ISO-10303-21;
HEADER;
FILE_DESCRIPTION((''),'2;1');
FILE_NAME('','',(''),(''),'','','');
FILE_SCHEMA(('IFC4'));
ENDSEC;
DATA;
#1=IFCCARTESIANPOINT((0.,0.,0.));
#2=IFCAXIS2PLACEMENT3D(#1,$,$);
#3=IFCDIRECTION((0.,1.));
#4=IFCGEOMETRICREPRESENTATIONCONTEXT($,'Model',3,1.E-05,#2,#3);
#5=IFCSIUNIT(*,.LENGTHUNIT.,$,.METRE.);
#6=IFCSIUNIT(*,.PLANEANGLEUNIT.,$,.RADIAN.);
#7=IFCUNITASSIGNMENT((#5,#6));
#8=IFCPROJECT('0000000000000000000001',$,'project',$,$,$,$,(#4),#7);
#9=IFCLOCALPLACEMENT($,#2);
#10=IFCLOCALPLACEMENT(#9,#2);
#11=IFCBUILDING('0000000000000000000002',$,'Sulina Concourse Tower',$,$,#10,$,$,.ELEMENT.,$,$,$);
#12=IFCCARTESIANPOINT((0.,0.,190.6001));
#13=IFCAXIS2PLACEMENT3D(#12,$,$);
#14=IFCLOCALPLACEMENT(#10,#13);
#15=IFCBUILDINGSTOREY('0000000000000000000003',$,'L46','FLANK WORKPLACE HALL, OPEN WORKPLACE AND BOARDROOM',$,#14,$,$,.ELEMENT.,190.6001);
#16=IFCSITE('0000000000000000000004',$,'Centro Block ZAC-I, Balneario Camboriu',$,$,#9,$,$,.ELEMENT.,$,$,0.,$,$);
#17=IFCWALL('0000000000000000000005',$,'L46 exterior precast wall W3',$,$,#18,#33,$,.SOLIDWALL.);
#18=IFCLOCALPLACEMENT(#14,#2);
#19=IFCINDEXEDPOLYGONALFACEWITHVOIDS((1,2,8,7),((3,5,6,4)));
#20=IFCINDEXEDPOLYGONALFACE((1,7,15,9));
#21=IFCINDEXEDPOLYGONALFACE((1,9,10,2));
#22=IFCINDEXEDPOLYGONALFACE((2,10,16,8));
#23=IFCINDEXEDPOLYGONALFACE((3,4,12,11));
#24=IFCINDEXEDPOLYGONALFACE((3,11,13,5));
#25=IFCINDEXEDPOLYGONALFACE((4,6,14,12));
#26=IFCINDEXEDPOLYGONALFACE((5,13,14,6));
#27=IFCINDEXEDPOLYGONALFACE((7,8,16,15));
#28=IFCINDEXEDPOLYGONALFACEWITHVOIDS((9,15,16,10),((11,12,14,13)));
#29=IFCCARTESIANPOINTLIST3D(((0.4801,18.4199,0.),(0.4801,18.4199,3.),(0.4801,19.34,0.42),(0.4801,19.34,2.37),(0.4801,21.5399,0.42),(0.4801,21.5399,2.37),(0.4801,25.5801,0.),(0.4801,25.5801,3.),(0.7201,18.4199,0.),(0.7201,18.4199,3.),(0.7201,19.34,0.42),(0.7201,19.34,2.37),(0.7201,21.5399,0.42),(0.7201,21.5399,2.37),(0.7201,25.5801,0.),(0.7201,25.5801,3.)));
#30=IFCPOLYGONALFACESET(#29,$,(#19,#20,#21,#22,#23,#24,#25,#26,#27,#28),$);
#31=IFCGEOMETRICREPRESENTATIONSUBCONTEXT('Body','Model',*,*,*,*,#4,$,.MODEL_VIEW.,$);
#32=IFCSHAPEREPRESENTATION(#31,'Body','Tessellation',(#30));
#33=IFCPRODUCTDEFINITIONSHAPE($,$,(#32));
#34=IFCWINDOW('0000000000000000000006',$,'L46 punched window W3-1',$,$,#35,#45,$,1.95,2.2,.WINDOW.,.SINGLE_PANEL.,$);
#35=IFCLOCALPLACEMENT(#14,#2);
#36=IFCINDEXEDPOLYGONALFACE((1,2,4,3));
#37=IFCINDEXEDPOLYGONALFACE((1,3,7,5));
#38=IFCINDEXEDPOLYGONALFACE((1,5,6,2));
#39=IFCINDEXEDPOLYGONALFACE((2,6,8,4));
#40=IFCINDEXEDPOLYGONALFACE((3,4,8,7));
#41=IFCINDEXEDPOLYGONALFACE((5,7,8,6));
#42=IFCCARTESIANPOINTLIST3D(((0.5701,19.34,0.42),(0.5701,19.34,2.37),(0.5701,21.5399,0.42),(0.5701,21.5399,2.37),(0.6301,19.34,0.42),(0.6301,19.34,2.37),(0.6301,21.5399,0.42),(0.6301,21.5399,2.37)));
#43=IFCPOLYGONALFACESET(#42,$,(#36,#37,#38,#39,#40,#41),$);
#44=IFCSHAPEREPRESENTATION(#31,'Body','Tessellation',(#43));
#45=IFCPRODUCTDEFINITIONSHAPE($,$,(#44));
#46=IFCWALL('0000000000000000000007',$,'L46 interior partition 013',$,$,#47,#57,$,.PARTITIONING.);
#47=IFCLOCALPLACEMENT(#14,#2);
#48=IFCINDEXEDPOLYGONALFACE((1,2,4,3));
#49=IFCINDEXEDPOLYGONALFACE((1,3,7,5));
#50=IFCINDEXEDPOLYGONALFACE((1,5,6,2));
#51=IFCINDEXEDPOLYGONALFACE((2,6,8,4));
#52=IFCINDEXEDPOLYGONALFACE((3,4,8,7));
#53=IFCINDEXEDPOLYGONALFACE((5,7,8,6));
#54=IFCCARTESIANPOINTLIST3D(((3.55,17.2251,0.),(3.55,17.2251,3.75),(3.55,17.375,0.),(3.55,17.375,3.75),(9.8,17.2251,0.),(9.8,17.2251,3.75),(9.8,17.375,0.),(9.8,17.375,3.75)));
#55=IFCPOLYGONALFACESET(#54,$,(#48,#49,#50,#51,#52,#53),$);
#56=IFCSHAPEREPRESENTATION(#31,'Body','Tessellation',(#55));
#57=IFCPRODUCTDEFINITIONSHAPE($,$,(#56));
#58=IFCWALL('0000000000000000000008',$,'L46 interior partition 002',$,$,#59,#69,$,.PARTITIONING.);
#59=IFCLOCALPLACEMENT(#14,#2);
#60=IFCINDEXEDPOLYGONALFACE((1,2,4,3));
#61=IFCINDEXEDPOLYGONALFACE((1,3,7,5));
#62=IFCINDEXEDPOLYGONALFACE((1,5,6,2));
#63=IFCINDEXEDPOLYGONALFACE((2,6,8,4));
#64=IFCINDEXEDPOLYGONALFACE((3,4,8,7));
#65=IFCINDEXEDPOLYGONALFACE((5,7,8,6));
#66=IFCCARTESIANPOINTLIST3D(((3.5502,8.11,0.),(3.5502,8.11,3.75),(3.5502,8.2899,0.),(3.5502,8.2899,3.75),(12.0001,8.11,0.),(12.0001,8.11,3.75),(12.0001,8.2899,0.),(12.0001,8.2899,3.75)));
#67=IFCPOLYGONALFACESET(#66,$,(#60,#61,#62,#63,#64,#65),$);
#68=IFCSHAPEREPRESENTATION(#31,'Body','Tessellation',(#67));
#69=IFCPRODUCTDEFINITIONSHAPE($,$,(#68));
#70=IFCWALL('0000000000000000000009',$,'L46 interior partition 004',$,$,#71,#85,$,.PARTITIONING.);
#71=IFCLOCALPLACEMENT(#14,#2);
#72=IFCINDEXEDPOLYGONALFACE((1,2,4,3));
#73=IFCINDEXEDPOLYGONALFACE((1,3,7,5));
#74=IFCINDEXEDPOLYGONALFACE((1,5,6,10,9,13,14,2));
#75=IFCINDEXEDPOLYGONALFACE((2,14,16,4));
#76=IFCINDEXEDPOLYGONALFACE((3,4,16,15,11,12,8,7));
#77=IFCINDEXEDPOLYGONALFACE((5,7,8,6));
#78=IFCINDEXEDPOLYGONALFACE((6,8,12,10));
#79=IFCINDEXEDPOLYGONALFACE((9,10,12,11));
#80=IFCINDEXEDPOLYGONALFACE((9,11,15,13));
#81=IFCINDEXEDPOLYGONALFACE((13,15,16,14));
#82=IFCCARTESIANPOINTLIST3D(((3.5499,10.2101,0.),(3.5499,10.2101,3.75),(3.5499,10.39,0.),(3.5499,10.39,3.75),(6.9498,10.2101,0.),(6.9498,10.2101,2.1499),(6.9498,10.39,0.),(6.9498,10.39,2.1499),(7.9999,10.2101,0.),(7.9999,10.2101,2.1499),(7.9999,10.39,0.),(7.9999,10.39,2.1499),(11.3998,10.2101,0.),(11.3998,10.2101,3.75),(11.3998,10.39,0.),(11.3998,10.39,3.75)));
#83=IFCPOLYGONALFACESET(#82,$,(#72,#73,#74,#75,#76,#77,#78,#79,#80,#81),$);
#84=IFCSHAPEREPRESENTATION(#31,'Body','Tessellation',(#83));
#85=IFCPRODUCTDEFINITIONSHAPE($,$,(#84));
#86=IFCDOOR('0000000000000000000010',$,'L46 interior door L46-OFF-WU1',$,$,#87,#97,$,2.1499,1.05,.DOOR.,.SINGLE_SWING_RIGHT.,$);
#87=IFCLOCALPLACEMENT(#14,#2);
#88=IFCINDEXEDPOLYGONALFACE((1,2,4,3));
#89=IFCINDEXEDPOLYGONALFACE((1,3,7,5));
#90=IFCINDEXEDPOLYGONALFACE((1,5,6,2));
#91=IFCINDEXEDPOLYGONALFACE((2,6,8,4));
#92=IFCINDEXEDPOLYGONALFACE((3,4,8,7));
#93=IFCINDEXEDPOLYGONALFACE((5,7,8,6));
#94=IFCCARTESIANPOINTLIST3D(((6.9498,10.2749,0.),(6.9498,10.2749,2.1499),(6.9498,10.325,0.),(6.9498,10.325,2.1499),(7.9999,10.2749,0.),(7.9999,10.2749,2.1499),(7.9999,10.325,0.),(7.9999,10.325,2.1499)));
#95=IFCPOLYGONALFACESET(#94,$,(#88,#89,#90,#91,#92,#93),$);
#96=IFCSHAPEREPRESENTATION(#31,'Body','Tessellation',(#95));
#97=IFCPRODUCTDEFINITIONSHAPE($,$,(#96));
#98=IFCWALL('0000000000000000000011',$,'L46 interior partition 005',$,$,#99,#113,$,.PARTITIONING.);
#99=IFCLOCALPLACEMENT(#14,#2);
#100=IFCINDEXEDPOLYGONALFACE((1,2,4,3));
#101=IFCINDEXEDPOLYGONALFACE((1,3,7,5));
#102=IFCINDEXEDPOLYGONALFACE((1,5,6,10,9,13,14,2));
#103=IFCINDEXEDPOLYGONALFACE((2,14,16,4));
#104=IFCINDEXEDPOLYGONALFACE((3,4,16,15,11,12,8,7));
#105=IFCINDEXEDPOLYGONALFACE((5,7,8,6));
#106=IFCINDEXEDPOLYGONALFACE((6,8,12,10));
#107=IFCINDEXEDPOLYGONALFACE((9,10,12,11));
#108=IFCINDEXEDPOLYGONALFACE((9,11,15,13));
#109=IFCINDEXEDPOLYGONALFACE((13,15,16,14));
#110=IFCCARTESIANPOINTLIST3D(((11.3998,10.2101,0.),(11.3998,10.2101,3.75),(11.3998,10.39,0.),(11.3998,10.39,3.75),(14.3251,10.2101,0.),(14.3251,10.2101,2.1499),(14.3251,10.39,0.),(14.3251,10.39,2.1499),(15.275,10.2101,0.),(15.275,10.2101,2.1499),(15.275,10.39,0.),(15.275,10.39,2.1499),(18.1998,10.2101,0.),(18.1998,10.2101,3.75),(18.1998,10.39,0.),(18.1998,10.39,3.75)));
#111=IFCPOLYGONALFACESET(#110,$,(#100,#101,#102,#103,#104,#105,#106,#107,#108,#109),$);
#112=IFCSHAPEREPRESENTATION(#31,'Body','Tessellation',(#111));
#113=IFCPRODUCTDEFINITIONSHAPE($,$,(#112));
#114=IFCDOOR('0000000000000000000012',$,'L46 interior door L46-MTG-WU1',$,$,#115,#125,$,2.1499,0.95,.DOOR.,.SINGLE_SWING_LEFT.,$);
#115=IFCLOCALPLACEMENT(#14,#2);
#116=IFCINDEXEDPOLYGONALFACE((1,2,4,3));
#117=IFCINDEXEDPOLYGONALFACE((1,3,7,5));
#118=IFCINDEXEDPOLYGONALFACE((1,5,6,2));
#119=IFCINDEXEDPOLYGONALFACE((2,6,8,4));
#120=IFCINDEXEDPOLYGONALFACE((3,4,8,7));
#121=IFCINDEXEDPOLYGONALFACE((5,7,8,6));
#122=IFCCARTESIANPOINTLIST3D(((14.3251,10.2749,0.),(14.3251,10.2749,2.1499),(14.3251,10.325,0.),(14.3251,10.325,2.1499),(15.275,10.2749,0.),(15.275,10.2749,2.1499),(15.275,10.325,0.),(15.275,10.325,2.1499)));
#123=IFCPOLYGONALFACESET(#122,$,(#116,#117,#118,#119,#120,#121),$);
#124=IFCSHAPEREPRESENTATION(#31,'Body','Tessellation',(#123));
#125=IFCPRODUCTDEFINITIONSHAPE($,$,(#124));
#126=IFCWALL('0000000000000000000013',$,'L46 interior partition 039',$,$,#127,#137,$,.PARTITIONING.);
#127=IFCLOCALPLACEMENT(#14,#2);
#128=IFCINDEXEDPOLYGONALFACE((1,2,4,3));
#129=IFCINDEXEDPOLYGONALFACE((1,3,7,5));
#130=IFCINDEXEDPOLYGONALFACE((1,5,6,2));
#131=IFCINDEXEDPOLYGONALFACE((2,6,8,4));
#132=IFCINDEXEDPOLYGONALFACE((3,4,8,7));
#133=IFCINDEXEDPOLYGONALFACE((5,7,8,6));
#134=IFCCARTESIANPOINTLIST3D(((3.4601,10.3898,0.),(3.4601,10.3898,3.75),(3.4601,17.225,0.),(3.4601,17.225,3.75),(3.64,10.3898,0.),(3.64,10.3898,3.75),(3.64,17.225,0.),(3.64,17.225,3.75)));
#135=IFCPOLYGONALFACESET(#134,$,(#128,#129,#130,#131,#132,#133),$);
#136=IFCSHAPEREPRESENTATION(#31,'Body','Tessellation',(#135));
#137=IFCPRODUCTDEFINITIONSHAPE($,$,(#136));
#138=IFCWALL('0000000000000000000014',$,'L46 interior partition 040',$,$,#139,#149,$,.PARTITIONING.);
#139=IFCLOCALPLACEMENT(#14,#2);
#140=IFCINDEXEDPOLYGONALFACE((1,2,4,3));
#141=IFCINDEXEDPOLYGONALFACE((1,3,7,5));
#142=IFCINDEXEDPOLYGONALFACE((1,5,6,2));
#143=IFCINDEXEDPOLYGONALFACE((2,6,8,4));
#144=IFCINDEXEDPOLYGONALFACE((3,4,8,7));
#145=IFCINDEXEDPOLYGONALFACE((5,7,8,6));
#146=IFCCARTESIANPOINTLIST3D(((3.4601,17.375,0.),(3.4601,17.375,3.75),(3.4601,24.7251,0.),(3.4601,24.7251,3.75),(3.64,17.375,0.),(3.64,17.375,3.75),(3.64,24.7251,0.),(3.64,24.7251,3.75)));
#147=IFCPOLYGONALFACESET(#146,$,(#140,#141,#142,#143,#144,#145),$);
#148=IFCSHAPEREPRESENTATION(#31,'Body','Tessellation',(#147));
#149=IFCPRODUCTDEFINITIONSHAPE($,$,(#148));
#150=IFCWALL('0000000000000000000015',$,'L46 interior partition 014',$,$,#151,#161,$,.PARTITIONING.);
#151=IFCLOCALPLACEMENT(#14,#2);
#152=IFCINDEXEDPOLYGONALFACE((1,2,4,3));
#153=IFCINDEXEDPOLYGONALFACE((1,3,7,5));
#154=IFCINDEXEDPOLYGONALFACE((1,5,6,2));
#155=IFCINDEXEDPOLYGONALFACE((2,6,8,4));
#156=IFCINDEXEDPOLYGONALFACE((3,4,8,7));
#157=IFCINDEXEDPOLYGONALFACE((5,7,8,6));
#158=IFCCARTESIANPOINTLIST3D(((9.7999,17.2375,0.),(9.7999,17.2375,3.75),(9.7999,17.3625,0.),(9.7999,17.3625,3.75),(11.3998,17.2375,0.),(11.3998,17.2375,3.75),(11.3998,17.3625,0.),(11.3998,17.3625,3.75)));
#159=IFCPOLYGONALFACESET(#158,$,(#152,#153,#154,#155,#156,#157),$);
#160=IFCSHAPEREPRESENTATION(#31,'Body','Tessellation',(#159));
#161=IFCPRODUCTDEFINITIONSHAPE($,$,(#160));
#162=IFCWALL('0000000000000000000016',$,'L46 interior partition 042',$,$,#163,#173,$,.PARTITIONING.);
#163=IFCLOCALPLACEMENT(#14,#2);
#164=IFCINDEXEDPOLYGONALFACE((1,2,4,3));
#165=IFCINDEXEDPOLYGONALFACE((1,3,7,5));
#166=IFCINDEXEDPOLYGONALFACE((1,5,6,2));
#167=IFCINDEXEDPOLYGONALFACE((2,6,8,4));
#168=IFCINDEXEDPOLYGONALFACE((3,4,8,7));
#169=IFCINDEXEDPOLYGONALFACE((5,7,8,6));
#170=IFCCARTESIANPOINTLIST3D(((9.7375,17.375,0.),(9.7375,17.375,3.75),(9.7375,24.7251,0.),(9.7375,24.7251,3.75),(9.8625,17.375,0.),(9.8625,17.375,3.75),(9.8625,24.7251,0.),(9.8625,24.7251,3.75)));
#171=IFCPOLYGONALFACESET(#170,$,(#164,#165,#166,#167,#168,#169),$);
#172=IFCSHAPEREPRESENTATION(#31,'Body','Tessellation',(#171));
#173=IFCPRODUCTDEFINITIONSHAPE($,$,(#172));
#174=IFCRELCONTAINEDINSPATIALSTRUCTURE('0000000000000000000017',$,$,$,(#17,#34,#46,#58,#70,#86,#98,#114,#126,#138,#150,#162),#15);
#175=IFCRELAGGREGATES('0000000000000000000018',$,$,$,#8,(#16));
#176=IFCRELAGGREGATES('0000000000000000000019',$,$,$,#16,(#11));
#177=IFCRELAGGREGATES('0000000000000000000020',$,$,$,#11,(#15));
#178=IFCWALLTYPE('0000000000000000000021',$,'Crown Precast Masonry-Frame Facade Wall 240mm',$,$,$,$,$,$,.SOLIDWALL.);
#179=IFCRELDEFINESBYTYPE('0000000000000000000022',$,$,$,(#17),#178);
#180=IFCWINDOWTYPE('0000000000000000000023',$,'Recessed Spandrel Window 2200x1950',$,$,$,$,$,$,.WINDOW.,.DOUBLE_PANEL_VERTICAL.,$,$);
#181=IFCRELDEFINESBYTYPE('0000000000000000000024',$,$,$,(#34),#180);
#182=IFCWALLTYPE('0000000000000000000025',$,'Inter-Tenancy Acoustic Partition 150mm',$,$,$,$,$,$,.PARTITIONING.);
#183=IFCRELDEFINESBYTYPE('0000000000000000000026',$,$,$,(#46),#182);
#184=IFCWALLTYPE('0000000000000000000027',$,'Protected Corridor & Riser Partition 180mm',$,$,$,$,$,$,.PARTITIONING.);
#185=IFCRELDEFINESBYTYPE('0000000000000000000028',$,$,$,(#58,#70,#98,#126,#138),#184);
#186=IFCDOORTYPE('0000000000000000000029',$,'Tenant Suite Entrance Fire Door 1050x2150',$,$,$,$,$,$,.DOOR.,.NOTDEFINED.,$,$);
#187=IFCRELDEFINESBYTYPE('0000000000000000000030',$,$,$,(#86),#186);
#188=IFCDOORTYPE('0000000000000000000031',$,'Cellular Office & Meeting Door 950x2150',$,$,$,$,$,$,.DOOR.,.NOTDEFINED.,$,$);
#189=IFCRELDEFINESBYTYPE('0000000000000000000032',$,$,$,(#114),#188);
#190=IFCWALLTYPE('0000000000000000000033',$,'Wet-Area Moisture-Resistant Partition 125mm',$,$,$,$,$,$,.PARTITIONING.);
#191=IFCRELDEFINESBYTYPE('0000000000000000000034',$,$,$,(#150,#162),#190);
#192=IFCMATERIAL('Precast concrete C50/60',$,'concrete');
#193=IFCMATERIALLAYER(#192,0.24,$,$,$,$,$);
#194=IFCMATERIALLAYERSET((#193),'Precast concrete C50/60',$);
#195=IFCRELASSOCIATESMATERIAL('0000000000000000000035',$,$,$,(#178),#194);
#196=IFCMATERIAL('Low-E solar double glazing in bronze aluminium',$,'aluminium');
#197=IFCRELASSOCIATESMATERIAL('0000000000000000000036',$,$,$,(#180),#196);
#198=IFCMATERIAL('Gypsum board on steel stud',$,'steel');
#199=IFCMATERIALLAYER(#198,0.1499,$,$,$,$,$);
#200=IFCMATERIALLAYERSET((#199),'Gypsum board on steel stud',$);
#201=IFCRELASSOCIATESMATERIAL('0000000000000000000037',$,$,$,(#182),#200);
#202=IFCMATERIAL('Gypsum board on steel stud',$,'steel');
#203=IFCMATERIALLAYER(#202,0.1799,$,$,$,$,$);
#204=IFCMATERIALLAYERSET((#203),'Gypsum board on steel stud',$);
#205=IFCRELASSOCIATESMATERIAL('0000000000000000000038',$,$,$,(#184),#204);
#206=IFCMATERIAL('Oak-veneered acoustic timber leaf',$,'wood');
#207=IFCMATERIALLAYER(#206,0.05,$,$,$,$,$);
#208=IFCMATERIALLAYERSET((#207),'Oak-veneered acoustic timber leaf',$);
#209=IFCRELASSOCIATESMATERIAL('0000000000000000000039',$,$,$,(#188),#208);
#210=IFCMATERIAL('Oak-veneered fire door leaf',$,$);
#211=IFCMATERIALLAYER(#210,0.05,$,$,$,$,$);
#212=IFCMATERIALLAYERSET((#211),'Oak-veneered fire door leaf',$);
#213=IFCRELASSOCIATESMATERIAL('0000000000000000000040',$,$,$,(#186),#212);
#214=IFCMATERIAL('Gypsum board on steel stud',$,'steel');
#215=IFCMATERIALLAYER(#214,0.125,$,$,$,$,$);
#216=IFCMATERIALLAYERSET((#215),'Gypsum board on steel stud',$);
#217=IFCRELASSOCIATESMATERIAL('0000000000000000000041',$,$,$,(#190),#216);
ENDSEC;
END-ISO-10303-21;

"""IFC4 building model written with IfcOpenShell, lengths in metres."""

from ifc_helpers import new_model, si_unit, direction, frame, frame_2d, origin, place, context, subcontext, project, spatial, rectangle, extrude, material, layer, layer_set, type_object, element, fill, save


model = new_model("IFC4")

# Units and contexts
model_context = context("Model", 3, precision=1e-05, world=origin(), true_north=direction((0.0, 1.0)))
body_context = subcontext(model_context, "Body", "Model", "MODEL_VIEW")
ifc_project = project(units=[si_unit("LENGTHUNIT", "METRE"), si_unit("PLANEANGLEUNIT", "RADIAN")], contexts=[model_context])

# Site, building, storey
site_placement = place(None, origin())
site = spatial("IfcSite", under=ifc_project, at=site_placement, Name="Centro Block ZAC-I, Balneario Camboriu", CompositionType="ELEMENT", RefElevation=0.0)
building_placement = place(site_placement, origin())
building = spatial("IfcBuilding", under=site, at=building_placement, Name="Sulina Concourse Tower", CompositionType="ELEMENT")
storey_placement = place(building_placement, frame((0.0, 0.0, 190.6001)))
storey = spatial("IfcBuildingStorey", under=building, at=storey_placement, Name="L46", Description="FLANK WORKPLACE HALL, OPEN WORKPLACE AND BOARDROOM", CompositionType="ELEMENT", Elevation=190.6001)

# Shared definitions
ifc_material_1 = material(Name="Precast concrete C50/60", Category="concrete")
ifc_layer_1 = layer(ifc_material_1, 0.24)
ifc_layer_set_1 = layer_set([ifc_layer_1], Name="Precast concrete C50/60")
wall_type_1 = type_object("IfcWallType", Name="Crown Precast Masonry-Frame Facade Wall 240mm", PredefinedType="SOLIDWALL", material=ifc_layer_set_1)

# Wall, opening, window
wall_1_placement = place(storey_placement, frame((0.6001, 18.4199, 0.0), z_axis=(0.0, 0.0, 1.0), x_axis=(0.0, 1.0, 0.0)))
wall_1 = element("IfcWall", 1, at=wall_1_placement, inside=storey, type_object=wall_type_1, Name="L46 exterior precast wall W3", PredefinedType="SOLIDWALL", context=body_context, shape_type="SweptSolid", body=[
    extrude(rectangle(XDim=7.1602, YDim=0.24, at=frame_2d((3.5801, 0.0))), origin(), (0.0, 0.0, 1.0), 3.0),
])
opening_1_placement = place(wall_1_placement, frame((0.9199, 0.0, 0.4199)))
opening_1 = element("IfcOpeningElement", 2, at=opening_1_placement, cuts=wall_1, PredefinedType="OPENING", context=body_context, shape_type="SweptSolid", body=[
    extrude(rectangle(XDim=2.2, YDim=1.95, at=frame_2d((1.1001, 0.9751))), frame((0.0, 0.1299, 0.0), z_axis=(0.0, -1.0, 0.0), x_axis=(1.0, 0.0, 0.0)), (0.0, 0.0, 1.0), 0.26),
])
ifc_material_2 = material(Name="Low-E solar double glazing in bronze aluminium", Category="aluminium")
window_type = type_object("IfcWindowType", Name="Recessed Spandrel Window 2200x1950", PartitioningType="DOUBLE_PANEL_VERTICAL", PredefinedType="WINDOW", material=ifc_material_2)
window_placement = place(opening_1_placement, origin())
window = element("IfcWindow", 3, at=window_placement, inside=storey, type_object=window_type, Name="L46 punched window W3-1", OverallHeight=1.95, OverallWidth=2.2, PartitioningType="SINGLE_PANEL", PredefinedType="WINDOW", context=body_context, shape_type="SweptSolid", body=[
    extrude(rectangle(XDim=2.2, YDim=1.95, at=frame_2d((1.1001, 0.9751))), frame((0.0, 0.03, 0.0), z_axis=(0.0, -1.0, 0.0), x_axis=(1.0, 0.0, 0.0)), (0.0, 0.0, 1.0), 0.0601),
])
fill(opening_1, window)

# Wall
ifc_material_3 = material(Name="Gypsum board on steel stud", Category="steel")
ifc_layer_2 = layer(ifc_material_3, 0.1499)
ifc_layer_set_2 = layer_set([ifc_layer_2], Name="Gypsum board on steel stud")
wall_type_2 = type_object("IfcWallType", Name="Inter-Tenancy Acoustic Partition 150mm", PredefinedType="PARTITIONING", material=ifc_layer_set_2)
wall_2_placement = place(storey_placement, frame((3.55, 17.3, 0.0), z_axis=(0.0, 0.0, 1.0), x_axis=(1.0, 0.0, 0.0)))
element("IfcWall", 4, at=wall_2_placement, inside=storey, type_object=wall_type_2, Name="L46 interior partition 013", PredefinedType="PARTITIONING", context=body_context, shape_type="SweptSolid", body=[
    extrude(rectangle(XDim=6.25, YDim=0.1499, at=frame_2d((3.125, 0.0))), origin(), (0.0, 0.0, 1.0), 3.75),
])

# Shared definitions
ifc_material_4 = material(Name="Gypsum board on steel stud", Category="steel")
ifc_layer_3 = layer(ifc_material_4, 0.1799)
ifc_layer_set_3 = layer_set([ifc_layer_3], Name="Gypsum board on steel stud")
wall_type_3 = type_object("IfcWallType", Name="Protected Corridor & Riser Partition 180mm", PredefinedType="PARTITIONING", material=ifc_layer_set_3)
ifc_material_5 = material(Name="Oak-veneered acoustic timber leaf", Category="wood")
ifc_layer_4 = layer(ifc_material_5, 0.05)
ifc_layer_set_4 = layer_set([ifc_layer_4], Name="Oak-veneered acoustic timber leaf")
door_type_1 = type_object("IfcDoorType", Name="Cellular Office & Meeting Door 950x2150", OperationType="NOTDEFINED", PredefinedType="DOOR", material=ifc_layer_set_4)

# Wall
wall_3_placement = place(storey_placement, frame((3.55, 8.2, 0.0), z_axis=(0.0, 0.0, 1.0), x_axis=(1.0, 0.0, 0.0)))
element("IfcWall", 5, at=wall_3_placement, inside=storey, type_object=wall_type_3, Name="L46 interior partition 002", PredefinedType="PARTITIONING", context=body_context, shape_type="SweptSolid", body=[
    extrude(rectangle(XDim=8.45, YDim=0.1799, at=frame_2d((4.2251, 0.0))), origin(), (0.0, 0.0, 1.0), 3.75),
])

# Walls, openings, doors
wall_4_placement = place(storey_placement, frame((3.55, 10.3, 0.0), z_axis=(0.0, 0.0, 1.0), x_axis=(1.0, 0.0, 0.0)))
wall_4 = element("IfcWall", 6, at=wall_4_placement, inside=storey, type_object=wall_type_3, Name="L46 interior partition 004", PredefinedType="PARTITIONING", context=body_context, shape_type="SweptSolid", body=[
    extrude(rectangle(XDim=7.8499, YDim=0.1799, at=frame_2d((3.9248, 0.0))), origin(), (0.0, 0.0, 1.0), 3.75),
])
opening_2_placement = place(wall_4_placement, frame((3.3999, 0.0, 0.0)))
opening_2 = element("IfcOpeningElement", 7, at=opening_2_placement, cuts=wall_4, PredefinedType="OPENING", context=body_context, shape_type="SweptSolid", body=[
    extrude(rectangle(XDim=1.05, YDim=2.1499, at=frame_2d((0.5249, 1.075))), frame((0.0, 0.0999, 0.0), z_axis=(0.0, -1.0, 0.0), x_axis=(1.0, 0.0, 0.0)), (0.0, 0.0, 1.0), 0.2),
])
ifc_material_6 = material(Name="Oak-veneered fire door leaf")
ifc_layer_5 = layer(ifc_material_6, 0.05)
ifc_layer_set_5 = layer_set([ifc_layer_5], Name="Oak-veneered fire door leaf")
door_type_2 = type_object("IfcDoorType", Name="Tenant Suite Entrance Fire Door 1050x2150", OperationType="NOTDEFINED", PredefinedType="DOOR", material=ifc_layer_set_5)
door_1_placement = place(opening_2_placement, origin())
door_1 = element("IfcDoor", 8, at=door_1_placement, inside=storey, type_object=door_type_2, Name="L46 interior door L46-OFF-WU1", OperationType="SINGLE_SWING_RIGHT", OverallHeight=2.1499, OverallWidth=1.05, PredefinedType="DOOR", context=body_context, shape_type="SweptSolid", body=[
    extrude(rectangle(XDim=1.05, YDim=2.1499, at=frame_2d((0.5249, 1.075))), frame((0.0, 0.0249, 0.0), z_axis=(0.0, -1.0, 0.0), x_axis=(1.0, 0.0, 0.0)), (0.0, 0.0, 1.0), 0.05),
])
fill(opening_2, door_1)
wall_5_placement = place(storey_placement, frame((11.3999, 10.3, 0.0), z_axis=(0.0, 0.0, 1.0), x_axis=(1.0, 0.0, 0.0)))
wall_5 = element("IfcWall", 9, at=wall_5_placement, inside=storey, type_object=wall_type_3, Name="L46 interior partition 005", PredefinedType="PARTITIONING", context=body_context, shape_type="SweptSolid", body=[
    extrude(rectangle(XDim=6.8, YDim=0.1799, at=frame_2d((3.3999, 0.0))), origin(), (0.0, 0.0, 1.0), 3.75),
])
opening_3_placement = place(wall_5_placement, frame((2.925, 0.0, 0.0)))
opening_3 = element("IfcOpeningElement", 10, at=opening_3_placement, cuts=wall_5, PredefinedType="OPENING", context=body_context, shape_type="SweptSolid", body=[
    extrude(rectangle(XDim=0.95, YDim=2.1499, at=frame_2d((0.4751, 1.075))), frame((0.0, 0.0999, 0.0), z_axis=(0.0, -1.0, 0.0), x_axis=(1.0, 0.0, 0.0)), (0.0, 0.0, 1.0), 0.2),
])
door_2_placement = place(opening_3_placement, origin())
door_2 = element("IfcDoor", 11, at=door_2_placement, inside=storey, type_object=door_type_1, Name="L46 interior door L46-MTG-WU1", OperationType="SINGLE_SWING_LEFT", OverallHeight=2.1499, OverallWidth=0.95, PredefinedType="DOOR", context=body_context, shape_type="SweptSolid", body=[
    extrude(rectangle(XDim=0.95, YDim=2.1499, at=frame_2d((0.4751, 1.075))), frame((0.0, 0.0249, 0.0), z_axis=(0.0, -1.0, 0.0), x_axis=(1.0, 0.0, 0.0)), (0.0, 0.0, 1.0), 0.05),
])
fill(opening_3, door_2)

# Walls
wall_6_placement = place(storey_placement, frame((3.55, 10.3899, 0.0), z_axis=(0.0, 0.0, 1.0), x_axis=(0.0, 1.0, 0.0)))
element("IfcWall", 12, at=wall_6_placement, inside=storey, type_object=wall_type_3, Name="L46 interior partition 039", PredefinedType="PARTITIONING", context=body_context, shape_type="SweptSolid", body=[
    extrude(rectangle(XDim=6.8352, YDim=0.1799, at=frame_2d((3.4175, 0.0))), origin(), (0.0, 0.0, 1.0), 3.75),
])
wall_7_placement = place(storey_placement, frame((3.55, 17.375, 0.0), z_axis=(0.0, 0.0, 1.0), x_axis=(0.0, 1.0, 0.0)))
element("IfcWall", 13, at=wall_7_placement, inside=storey, type_object=wall_type_3, Name="L46 interior partition 040", PredefinedType="PARTITIONING", context=body_context, shape_type="SweptSolid", body=[
    extrude(rectangle(XDim=7.3501, YDim=0.1799, at=frame_2d((3.675, 0.0))), origin(), (0.0, 0.0, 1.0), 3.75),
])
ifc_material_7 = material(Name="Gypsum board on steel stud", Category="steel")
ifc_layer_6 = layer(ifc_material_7, 0.125)
ifc_layer_set_6 = layer_set([ifc_layer_6], Name="Gypsum board on steel stud")
wall_type_4 = type_object("IfcWallType", Name="Wet-Area Moisture-Resistant Partition 125mm", PredefinedType="PARTITIONING", material=ifc_layer_set_6)
wall_8_placement = place(storey_placement, frame((9.8, 17.3, 0.0), z_axis=(0.0, 0.0, 1.0), x_axis=(1.0, 0.0, 0.0)))
element("IfcWall", 14, at=wall_8_placement, inside=storey, type_object=wall_type_4, Name="L46 interior partition 014", PredefinedType="PARTITIONING", context=body_context, shape_type="SweptSolid", body=[
    extrude(rectangle(XDim=1.5999, YDim=0.125, at=frame_2d((0.7998, 0.0))), origin(), (0.0, 0.0, 1.0), 3.75),
])
wall_9_placement = place(storey_placement, frame((9.8, 17.375, 0.0), z_axis=(0.0, 0.0, 1.0), x_axis=(0.0, 1.0, 0.0)))
element("IfcWall", 15, at=wall_9_placement, inside=storey, type_object=wall_type_4, Name="L46 interior partition 042", PredefinedType="PARTITIONING", context=body_context, shape_type="SweptSolid", body=[
    extrude(rectangle(XDim=7.3501, YDim=0.125, at=frame_2d((3.675, 0.0))), origin(), (0.0, 0.0, 1.0), 3.75),
])

save(model, "model.ifc")
